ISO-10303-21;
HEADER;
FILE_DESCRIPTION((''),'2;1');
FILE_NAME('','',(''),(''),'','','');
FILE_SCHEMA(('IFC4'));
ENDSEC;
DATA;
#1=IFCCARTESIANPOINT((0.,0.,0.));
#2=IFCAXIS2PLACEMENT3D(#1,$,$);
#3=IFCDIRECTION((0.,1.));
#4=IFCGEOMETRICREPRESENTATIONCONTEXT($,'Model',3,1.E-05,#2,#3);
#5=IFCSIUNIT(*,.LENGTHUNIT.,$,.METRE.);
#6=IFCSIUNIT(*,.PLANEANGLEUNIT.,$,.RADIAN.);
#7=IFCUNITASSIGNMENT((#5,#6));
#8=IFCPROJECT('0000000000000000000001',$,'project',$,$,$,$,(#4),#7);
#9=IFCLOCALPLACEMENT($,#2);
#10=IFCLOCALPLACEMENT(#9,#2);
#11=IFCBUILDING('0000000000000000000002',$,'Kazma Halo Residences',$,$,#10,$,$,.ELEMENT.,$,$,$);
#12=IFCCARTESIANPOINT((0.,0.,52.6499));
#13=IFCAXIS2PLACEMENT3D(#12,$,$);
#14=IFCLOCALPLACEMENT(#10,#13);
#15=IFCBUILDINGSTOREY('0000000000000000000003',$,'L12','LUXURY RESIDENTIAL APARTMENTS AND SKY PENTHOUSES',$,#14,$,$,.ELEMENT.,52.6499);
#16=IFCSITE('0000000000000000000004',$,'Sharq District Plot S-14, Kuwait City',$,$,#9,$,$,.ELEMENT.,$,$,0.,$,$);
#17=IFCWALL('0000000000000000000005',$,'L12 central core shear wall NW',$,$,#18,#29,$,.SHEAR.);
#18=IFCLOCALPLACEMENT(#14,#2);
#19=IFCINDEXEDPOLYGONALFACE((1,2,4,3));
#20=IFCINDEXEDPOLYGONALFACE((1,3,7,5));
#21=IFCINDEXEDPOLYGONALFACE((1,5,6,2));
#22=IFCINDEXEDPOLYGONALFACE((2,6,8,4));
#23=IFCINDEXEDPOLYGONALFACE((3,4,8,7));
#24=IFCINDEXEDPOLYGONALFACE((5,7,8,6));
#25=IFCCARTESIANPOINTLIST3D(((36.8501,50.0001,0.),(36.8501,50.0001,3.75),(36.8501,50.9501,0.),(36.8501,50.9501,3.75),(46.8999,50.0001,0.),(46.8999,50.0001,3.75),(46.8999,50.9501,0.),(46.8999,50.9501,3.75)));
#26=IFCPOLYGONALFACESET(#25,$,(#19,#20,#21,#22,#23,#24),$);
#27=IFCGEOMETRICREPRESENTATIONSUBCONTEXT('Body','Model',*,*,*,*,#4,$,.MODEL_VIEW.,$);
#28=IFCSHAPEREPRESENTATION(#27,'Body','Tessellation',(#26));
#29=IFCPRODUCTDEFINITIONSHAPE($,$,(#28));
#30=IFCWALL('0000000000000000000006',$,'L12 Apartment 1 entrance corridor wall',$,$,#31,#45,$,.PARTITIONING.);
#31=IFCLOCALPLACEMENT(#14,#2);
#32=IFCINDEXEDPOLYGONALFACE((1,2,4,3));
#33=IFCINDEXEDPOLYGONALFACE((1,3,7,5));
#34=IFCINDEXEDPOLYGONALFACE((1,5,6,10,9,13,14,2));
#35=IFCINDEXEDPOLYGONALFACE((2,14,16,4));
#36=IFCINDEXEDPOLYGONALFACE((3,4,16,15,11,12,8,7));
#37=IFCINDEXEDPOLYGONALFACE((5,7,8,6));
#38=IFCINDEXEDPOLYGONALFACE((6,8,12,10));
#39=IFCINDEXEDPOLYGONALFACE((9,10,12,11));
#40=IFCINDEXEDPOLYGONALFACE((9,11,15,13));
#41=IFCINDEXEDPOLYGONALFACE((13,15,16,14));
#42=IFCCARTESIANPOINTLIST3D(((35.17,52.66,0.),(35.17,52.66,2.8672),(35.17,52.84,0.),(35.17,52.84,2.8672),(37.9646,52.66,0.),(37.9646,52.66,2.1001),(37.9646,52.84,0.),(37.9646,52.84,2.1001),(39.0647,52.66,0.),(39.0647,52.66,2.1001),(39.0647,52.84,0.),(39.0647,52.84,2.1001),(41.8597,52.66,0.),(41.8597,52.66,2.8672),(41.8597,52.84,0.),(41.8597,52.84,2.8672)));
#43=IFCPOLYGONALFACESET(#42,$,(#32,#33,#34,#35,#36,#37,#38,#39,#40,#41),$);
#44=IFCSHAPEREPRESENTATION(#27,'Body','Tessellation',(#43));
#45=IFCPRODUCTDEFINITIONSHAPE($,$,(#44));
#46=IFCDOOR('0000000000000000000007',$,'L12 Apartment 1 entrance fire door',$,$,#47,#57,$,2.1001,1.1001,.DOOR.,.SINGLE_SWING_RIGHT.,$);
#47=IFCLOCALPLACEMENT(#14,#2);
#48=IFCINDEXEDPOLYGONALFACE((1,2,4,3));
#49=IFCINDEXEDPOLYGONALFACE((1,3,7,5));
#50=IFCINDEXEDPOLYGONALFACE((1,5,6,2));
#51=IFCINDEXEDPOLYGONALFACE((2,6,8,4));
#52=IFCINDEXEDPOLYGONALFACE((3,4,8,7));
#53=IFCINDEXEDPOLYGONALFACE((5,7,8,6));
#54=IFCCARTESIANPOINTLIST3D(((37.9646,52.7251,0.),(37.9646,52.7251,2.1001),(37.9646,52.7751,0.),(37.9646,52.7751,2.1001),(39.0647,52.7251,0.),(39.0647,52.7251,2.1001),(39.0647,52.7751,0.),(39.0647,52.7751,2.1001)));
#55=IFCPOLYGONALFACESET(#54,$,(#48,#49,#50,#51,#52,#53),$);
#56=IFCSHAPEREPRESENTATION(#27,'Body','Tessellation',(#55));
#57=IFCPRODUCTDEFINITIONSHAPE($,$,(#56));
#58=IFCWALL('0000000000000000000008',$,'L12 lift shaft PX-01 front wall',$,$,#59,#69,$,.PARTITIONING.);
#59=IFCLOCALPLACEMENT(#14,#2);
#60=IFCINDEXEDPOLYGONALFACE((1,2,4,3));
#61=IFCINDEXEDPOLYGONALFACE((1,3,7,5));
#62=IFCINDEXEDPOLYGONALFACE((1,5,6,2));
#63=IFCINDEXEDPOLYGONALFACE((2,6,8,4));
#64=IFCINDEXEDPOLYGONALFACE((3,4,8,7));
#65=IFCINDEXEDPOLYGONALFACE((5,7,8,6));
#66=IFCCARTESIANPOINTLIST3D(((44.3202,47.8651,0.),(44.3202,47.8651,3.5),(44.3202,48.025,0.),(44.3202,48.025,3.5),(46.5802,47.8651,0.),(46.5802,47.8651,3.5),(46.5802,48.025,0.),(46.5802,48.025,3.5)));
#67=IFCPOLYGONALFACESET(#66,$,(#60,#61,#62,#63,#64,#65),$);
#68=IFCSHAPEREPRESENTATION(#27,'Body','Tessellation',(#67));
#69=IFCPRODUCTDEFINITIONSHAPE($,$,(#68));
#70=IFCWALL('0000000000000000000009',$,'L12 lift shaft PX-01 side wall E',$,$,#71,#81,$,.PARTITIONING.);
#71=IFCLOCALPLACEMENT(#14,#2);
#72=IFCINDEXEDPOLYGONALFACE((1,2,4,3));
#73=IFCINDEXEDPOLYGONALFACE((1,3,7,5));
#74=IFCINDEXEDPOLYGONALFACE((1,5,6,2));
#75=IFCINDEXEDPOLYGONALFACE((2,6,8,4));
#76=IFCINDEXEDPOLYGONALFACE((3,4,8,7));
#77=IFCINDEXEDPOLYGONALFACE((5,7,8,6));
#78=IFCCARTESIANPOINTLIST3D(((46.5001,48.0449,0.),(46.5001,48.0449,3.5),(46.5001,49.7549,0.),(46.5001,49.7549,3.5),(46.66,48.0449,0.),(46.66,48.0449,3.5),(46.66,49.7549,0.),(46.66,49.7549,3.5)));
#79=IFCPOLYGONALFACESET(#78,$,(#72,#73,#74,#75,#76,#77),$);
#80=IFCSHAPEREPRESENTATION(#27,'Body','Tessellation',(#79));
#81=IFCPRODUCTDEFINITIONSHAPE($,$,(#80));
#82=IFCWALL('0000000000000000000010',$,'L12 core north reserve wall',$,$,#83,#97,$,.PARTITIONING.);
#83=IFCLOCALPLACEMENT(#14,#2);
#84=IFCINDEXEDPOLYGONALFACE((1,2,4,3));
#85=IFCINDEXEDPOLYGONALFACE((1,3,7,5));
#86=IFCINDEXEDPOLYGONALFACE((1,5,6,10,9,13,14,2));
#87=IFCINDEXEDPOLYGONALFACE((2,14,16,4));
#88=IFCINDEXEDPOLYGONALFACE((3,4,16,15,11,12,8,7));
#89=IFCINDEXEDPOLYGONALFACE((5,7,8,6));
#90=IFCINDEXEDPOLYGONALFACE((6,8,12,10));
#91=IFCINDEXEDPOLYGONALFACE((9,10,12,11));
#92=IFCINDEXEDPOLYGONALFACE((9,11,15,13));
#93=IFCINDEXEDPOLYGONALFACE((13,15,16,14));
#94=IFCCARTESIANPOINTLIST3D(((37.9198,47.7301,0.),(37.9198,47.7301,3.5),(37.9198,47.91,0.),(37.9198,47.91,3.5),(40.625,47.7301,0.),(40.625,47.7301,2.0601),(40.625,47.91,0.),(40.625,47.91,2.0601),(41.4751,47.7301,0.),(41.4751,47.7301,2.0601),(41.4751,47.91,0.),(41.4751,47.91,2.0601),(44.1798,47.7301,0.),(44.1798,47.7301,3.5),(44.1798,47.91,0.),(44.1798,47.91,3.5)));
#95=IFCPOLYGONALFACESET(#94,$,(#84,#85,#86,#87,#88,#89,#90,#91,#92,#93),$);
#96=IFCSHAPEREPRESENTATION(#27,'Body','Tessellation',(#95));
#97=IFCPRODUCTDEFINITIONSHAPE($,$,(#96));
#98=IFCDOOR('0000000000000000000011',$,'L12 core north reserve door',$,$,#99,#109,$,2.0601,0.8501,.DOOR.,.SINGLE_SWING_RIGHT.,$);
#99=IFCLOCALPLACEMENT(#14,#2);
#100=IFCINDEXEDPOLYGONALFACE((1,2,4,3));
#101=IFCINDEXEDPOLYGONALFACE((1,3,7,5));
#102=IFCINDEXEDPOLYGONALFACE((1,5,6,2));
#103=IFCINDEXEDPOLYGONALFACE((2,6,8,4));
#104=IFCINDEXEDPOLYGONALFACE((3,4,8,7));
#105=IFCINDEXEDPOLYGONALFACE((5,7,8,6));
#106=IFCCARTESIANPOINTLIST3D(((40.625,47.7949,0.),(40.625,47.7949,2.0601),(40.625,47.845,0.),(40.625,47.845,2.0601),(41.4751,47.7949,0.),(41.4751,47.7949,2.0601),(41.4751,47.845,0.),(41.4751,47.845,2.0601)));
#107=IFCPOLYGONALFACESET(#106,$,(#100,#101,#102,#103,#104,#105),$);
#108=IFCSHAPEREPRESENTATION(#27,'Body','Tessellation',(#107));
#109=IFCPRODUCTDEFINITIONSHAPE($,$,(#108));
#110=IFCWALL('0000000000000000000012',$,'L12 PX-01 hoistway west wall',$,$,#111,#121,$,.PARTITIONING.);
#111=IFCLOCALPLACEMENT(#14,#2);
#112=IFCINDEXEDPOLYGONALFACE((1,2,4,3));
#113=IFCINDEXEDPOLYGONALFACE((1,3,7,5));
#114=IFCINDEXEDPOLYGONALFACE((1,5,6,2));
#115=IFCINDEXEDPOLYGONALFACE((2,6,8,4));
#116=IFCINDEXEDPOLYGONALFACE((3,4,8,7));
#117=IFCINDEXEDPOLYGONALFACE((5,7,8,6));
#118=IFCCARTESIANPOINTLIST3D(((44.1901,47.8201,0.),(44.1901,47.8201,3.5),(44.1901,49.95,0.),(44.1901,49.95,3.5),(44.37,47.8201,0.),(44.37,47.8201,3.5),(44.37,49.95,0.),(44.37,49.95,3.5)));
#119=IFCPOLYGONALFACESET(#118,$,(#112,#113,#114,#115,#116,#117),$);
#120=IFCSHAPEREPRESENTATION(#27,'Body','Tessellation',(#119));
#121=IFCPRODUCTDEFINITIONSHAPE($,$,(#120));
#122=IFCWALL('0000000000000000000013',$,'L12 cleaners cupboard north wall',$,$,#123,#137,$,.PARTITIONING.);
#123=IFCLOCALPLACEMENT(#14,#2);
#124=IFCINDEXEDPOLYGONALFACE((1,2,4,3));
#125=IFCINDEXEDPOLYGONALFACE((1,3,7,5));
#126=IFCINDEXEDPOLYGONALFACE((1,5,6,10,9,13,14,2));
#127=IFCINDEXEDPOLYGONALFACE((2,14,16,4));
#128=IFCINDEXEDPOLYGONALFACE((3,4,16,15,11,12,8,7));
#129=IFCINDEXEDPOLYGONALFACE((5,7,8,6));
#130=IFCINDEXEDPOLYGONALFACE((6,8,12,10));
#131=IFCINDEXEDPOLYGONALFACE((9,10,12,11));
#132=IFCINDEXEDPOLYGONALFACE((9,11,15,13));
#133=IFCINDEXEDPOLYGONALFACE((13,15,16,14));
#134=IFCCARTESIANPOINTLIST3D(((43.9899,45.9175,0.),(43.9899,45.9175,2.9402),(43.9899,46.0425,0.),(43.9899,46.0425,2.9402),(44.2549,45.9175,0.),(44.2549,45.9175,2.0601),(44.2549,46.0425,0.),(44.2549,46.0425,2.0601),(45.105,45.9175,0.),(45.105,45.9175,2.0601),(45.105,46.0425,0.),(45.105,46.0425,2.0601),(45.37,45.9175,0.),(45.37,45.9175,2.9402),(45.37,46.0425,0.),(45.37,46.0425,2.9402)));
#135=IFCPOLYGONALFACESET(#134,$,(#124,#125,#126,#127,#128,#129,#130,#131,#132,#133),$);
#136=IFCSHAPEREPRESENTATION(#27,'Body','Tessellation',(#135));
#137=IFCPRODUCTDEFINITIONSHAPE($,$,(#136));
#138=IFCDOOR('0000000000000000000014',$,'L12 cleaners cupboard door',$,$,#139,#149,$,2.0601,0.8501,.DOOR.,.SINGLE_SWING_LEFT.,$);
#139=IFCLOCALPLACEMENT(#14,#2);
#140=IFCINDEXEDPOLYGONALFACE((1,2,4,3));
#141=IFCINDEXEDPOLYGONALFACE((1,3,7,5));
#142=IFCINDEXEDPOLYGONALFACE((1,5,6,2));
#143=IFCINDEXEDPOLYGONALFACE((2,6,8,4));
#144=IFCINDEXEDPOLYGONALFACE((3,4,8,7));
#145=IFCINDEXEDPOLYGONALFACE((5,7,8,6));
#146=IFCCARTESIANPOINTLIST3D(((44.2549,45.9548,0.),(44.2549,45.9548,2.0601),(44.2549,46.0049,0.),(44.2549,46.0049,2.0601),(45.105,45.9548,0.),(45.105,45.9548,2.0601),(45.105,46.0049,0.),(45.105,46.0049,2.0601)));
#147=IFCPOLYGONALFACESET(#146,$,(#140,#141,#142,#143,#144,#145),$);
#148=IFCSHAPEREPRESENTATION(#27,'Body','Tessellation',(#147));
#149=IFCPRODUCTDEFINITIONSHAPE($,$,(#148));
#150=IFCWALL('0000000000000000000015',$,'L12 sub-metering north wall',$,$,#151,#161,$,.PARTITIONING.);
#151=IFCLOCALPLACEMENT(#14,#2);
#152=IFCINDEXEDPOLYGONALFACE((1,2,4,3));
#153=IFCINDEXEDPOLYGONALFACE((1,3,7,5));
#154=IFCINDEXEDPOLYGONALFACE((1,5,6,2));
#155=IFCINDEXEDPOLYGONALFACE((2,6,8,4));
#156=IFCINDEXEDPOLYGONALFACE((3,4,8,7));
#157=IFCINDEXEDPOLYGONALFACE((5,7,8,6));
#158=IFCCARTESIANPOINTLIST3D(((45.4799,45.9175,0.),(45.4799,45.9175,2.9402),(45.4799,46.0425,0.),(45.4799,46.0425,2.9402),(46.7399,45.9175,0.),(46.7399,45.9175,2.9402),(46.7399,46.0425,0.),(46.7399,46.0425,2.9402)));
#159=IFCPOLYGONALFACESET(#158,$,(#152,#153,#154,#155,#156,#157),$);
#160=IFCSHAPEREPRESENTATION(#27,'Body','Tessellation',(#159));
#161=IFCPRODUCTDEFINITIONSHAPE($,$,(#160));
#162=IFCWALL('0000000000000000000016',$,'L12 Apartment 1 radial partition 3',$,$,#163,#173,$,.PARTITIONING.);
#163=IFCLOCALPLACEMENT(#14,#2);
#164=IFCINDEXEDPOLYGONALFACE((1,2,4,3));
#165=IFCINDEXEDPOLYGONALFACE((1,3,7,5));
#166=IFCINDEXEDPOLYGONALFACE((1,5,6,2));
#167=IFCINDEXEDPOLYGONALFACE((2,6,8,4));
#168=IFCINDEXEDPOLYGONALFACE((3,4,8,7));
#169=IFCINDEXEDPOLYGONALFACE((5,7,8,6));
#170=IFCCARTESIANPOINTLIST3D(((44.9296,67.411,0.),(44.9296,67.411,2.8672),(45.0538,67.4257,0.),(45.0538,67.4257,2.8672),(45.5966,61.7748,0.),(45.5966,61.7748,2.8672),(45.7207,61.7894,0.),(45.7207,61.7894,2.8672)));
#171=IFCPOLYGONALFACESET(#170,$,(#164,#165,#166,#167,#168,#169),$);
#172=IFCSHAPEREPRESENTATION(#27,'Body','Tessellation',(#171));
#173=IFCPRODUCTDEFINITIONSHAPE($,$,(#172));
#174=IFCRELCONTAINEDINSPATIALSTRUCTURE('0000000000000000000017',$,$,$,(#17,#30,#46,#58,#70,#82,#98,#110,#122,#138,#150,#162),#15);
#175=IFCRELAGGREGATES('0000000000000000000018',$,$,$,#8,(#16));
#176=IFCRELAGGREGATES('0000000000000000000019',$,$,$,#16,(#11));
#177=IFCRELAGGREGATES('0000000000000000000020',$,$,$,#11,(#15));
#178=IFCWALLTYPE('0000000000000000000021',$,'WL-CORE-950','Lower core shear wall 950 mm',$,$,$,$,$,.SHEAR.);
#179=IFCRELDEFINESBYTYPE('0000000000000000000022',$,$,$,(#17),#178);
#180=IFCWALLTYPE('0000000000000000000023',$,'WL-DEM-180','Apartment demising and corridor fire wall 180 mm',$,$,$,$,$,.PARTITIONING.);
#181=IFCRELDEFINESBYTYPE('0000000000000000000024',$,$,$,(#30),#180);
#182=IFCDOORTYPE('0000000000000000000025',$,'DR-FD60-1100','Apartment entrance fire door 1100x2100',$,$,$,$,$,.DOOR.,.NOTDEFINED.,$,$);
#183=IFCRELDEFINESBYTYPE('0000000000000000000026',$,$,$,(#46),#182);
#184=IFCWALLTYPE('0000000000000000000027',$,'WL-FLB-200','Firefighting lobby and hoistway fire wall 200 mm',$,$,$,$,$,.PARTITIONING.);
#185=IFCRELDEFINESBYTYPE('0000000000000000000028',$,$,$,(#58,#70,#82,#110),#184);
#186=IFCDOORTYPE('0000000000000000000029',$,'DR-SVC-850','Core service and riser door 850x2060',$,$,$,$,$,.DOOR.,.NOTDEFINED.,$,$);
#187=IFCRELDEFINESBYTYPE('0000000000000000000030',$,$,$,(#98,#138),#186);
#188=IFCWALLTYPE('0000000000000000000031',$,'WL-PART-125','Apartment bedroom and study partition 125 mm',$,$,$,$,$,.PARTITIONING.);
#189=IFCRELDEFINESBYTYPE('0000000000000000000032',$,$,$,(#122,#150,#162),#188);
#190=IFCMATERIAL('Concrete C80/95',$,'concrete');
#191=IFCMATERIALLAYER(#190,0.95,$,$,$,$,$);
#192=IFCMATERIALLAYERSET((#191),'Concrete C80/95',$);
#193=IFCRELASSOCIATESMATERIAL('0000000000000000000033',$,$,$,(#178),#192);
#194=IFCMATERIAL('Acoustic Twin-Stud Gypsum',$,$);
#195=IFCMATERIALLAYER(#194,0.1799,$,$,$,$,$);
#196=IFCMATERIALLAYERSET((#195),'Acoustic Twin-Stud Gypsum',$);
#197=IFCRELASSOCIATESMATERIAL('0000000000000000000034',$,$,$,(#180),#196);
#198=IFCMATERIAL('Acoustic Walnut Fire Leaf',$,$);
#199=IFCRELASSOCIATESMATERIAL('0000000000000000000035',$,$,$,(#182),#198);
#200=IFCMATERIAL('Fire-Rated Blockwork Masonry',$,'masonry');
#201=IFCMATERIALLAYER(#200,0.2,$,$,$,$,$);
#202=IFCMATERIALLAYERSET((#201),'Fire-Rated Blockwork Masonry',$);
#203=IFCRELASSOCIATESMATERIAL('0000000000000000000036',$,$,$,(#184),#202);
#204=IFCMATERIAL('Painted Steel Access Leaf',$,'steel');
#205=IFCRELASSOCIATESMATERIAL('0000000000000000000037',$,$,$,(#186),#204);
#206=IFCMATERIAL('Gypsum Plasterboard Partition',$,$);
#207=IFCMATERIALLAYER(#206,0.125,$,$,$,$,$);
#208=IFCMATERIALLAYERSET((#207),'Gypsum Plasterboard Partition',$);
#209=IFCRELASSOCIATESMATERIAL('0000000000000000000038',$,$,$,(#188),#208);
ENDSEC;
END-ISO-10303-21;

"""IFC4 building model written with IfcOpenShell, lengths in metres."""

from ifc_helpers import new_model, si_unit, direction, frame, frame_2d, origin, place, context, subcontext, project, spatial, rectangle, extrude, material, layer, layer_set, type_object, element, fill, save


model = new_model("IFC4")

# Units and contexts
model_context = context("Model", 3, precision=1e-05, world=origin(), true_north=direction((0.0, 1.0)))
body_context = subcontext(model_context, "Body", "Model", "MODEL_VIEW")
ifc_project = project(units=[si_unit("LENGTHUNIT", "METRE"), si_unit("PLANEANGLEUNIT", "RADIAN")], contexts=[model_context])

# Site, building, storey
site_placement = place(None, origin())
site = spatial("IfcSite", under=ifc_project, at=site_placement, Name="Sharq District Plot S-14, Kuwait City", CompositionType="ELEMENT", RefElevation=0.0)
building_placement = place(site_placement, origin())
building = spatial("IfcBuilding", under=site, at=building_placement, Name="Kazma Halo Residences", CompositionType="ELEMENT")
storey_placement = place(building_placement, frame((0.0, 0.0, 52.6499)))
storey = spatial("IfcBuildingStorey", under=building, at=storey_placement, Name="L12", Description="LUXURY RESIDENTIAL APARTMENTS AND SKY PENTHOUSES", CompositionType="ELEMENT", Elevation=52.6499)

# Shared definitions
ifc_material_1 = material(Name="Concrete C80/95", Category="concrete")

# Wall
ifc_layer_1 = layer(ifc_material_1, 0.95)
ifc_layer_set_1 = layer_set([ifc_layer_1], Name="Concrete C80/95")
wall_type_1 = type_object("IfcWallType", Name="WL-CORE-950", Description="Lower core shear wall 950 mm", PredefinedType="SHEAR", material=ifc_layer_set_1)
wall_1_placement = place(storey_placement, frame((36.8501, 50.4751, 0.0), z_axis=(0.0, 0.0, 1.0), x_axis=(1.0, 0.0, 0.0)))
element("IfcWall", 1, at=wall_1_placement, inside=storey, type_object=wall_type_1, Name="L12 central core shear wall NW", PredefinedType="SHEAR", context=body_context, shape_type="SweptSolid", body=[
    extrude(rectangle(XDim=10.0498, YDim=0.95, at=frame_2d((5.0249, 0.0))), origin(), (0.0, 0.0, 1.0), 3.75),
])

# Wall, opening, door
ifc_material_2 = material(Name="Acoustic Twin-Stud Gypsum")
ifc_layer_2 = layer(ifc_material_2, 0.1799)
ifc_layer_set_2 = layer_set([ifc_layer_2], Name="Acoustic Twin-Stud Gypsum")
wall_type_2 = type_object("IfcWallType", Name="WL-DEM-180", Description="Apartment demising and corridor fire wall 180 mm", PredefinedType="PARTITIONING", material=ifc_layer_set_2)
wall_2_placement = place(storey_placement, frame((41.8596, 52.75, 0.0), z_axis=(0.0, 0.0, 1.0), x_axis=(-1.0, 0.0, 0.0)))
wall_2 = element("IfcWall", 2, at=wall_2_placement, inside=storey, type_object=wall_type_2, Name="L12 Apartment 1 entrance corridor wall", PredefinedType="PARTITIONING", context=body_context, shape_type="SweptSolid", body=[
    extrude(rectangle(XDim=6.6897, YDim=0.1799, at=frame_2d((3.3447, 0.0))), origin(), (0.0, 0.0, 1.0), 2.8672),
])
opening_1_placement = place(wall_2_placement, frame((2.7949, 0.0, 0.0)))
opening_1 = element("IfcOpeningElement", 3, at=opening_1_placement, cuts=wall_2, PredefinedType="OPENING", context=body_context, shape_type="SweptSolid", body=[
    extrude(rectangle(XDim=1.1001, YDim=2.1001, at=frame_2d((0.55, 1.05))), frame((0.0, 0.0999, 0.0), z_axis=(0.0, -1.0, 0.0), x_axis=(1.0, 0.0, 0.0)), (0.0, 0.0, 1.0), 0.2),
])
ifc_material_3 = material(Name="Acoustic Walnut Fire Leaf")
door_type_1 = type_object("IfcDoorType", Name="DR-FD60-1100", Description="Apartment entrance fire door 1100x2100", OperationType="NOTDEFINED", PredefinedType="DOOR", material=ifc_material_3)
door_1_placement = place(opening_1_placement, origin())
door_1 = element("IfcDoor", 4, at=door_1_placement, inside=storey, type_object=door_type_1, Name="L12 Apartment 1 entrance fire door", OperationType="SINGLE_SWING_RIGHT", OverallHeight=2.1001, OverallWidth=1.1001, PredefinedType="DOOR", context=body_context, shape_type="SweptSolid", body=[
    extrude(rectangle(XDim=1.1001, YDim=2.1001, at=frame_2d((0.55, 1.05))), frame((0.0, 0.0249, 0.0), z_axis=(0.0, -1.0, 0.0), x_axis=(1.0, 0.0, 0.0)), (0.0, 0.0, 1.0), 0.05),
])
fill(opening_1, door_1)

# Walls
ifc_material_4 = material(Name="Fire-Rated Blockwork Masonry", Category="masonry")
ifc_layer_3 = layer(ifc_material_4, 0.2)
ifc_layer_set_3 = layer_set([ifc_layer_3], Name="Fire-Rated Blockwork Masonry")
wall_type_3 = type_object("IfcWallType", Name="WL-FLB-200", Description="Firefighting lobby and hoistway fire wall 200 mm", PredefinedType="PARTITIONING", material=ifc_layer_set_3)
wall_3_placement = place(storey_placement, frame((46.5801, 47.9451, 0.0), z_axis=(0.0, 0.0, 1.0), x_axis=(-1.0, 0.0, 0.0)))
element("IfcWall", 5, at=wall_3_placement, inside=storey, type_object=wall_type_3, Name="L12 lift shaft PX-01 front wall", PredefinedType="PARTITIONING", context=body_context, shape_type="SweptSolid", body=[
    extrude(rectangle(XDim=2.26, YDim=0.1599, at=frame_2d((1.1299, 0.0))), origin(), (0.0, 0.0, 1.0), 3.5),
])
wall_4_placement = place(storey_placement, frame((46.5801, 48.0449, 0.0), z_axis=(0.0, 0.0, 1.0), x_axis=(0.0, 1.0, 0.0)))
element("IfcWall", 6, at=wall_4_placement, inside=storey, type_object=wall_type_3, Name="L12 lift shaft PX-01 side wall E", PredefinedType="PARTITIONING", context=body_context, shape_type="SweptSolid", body=[
    extrude(rectangle(XDim=1.71, YDim=0.1599, at=frame_2d((0.855, 0.0))), origin(), (0.0, 0.0, 1.0), 3.5),
])

# Wall, opening, door
wall_5_placement = place(storey_placement, frame((37.9199, 47.8201, 0.0), z_axis=(0.0, 0.0, 1.0), x_axis=(1.0, 0.0, 0.0)))
wall_5 = element("IfcWall", 7, at=wall_5_placement, inside=storey, type_object=wall_type_3, Name="L12 core north reserve wall", PredefinedType="PARTITIONING", context=body_context, shape_type="SweptSolid", body=[
    extrude(rectangle(XDim=6.26, YDim=0.1799, at=frame_2d((3.1299, 0.0))), origin(), (0.0, 0.0, 1.0), 3.5),
])
opening_2_placement = place(wall_5_placement, frame((2.7051, 0.0, 0.0)))
opening_2 = element("IfcOpeningElement", 8, at=opening_2_placement, cuts=wall_5, PredefinedType="OPENING", context=body_context, shape_type="SweptSolid", body=[
    extrude(rectangle(XDim=0.8501, YDim=2.0601, at=frame_2d((0.425, 1.03))), frame((0.0, 0.0999, 0.0), z_axis=(0.0, -1.0, 0.0), x_axis=(1.0, 0.0, 0.0)), (0.0, 0.0, 1.0), 0.2),
])
ifc_material_5 = material(Name="Painted Steel Access Leaf", Category="steel")
door_type_2 = type_object("IfcDoorType", Name="DR-SVC-850", Description="Core service and riser door 850x2060", OperationType="NOTDEFINED", PredefinedType="DOOR", material=ifc_material_5)
door_2_placement = place(opening_2_placement, origin())
door_2 = element("IfcDoor", 9, at=door_2_placement, inside=storey, type_object=door_type_2, Name="L12 core north reserve door", OperationType="SINGLE_SWING_RIGHT", OverallHeight=2.0601, OverallWidth=0.8501, PredefinedType="DOOR", context=body_context, shape_type="SweptSolid", body=[
    extrude(rectangle(XDim=0.8501, YDim=2.0601, at=frame_2d((0.425, 1.03))), frame((0.0, 0.0249, 0.0), z_axis=(0.0, -1.0, 0.0), x_axis=(1.0, 0.0, 0.0)), (0.0, 0.0, 1.0), 0.05),
])
fill(opening_2, door_2)

# Wall
wall_6_placement = place(storey_placement, frame((44.28, 47.8201, 0.0), z_axis=(0.0, 0.0, 1.0), x_axis=(0.0, 1.0, 0.0)))
element("IfcWall", 10, at=wall_6_placement, inside=storey, type_object=wall_type_3, Name="L12 PX-01 hoistway west wall", PredefinedType="PARTITIONING", context=body_context, shape_type="SweptSolid", body=[
    extrude(rectangle(XDim=2.1299, YDim=0.1799, at=frame_2d((1.0649, 0.0))), origin(), (0.0, 0.0, 1.0), 3.5),
])

# Wall, opening, door
ifc_material_6 = material(Name="Gypsum Plasterboard Partition")
ifc_layer_4 = layer(ifc_material_6, 0.125)
ifc_layer_set_4 = layer_set([ifc_layer_4], Name="Gypsum Plasterboard Partition")
wall_type_4 = type_object("IfcWallType", Name="WL-PART-125", Description="Apartment bedroom and study partition 125 mm", PredefinedType="PARTITIONING", material=ifc_layer_set_4)
wall_7_placement = place(storey_placement, frame((43.99, 45.98, 0.0), z_axis=(0.0, 0.0, 1.0), x_axis=(1.0, 0.0, 0.0)))
wall_7 = element("IfcWall", 11, at=wall_7_placement, inside=storey, type_object=wall_type_4, Name="L12 cleaners cupboard north wall", PredefinedType="PARTITIONING", context=body_context, shape_type="SweptSolid", body=[
    extrude(rectangle(XDim=1.3801, YDim=0.125, at=frame_2d((0.6899, 0.0))), origin(), (0.0, 0.0, 1.0), 2.9402),
])
opening_3_placement = place(wall_7_placement, frame((0.2649, 0.0, 0.0)))
opening_3 = element("IfcOpeningElement", 12, at=opening_3_placement, cuts=wall_7, PredefinedType="OPENING", context=body_context, shape_type="SweptSolid", body=[
    extrude(rectangle(XDim=0.8501, YDim=2.0601, at=frame_2d((0.425, 1.03))), frame((0.0, 0.0725, 0.0), z_axis=(0.0, -1.0, 0.0), x_axis=(1.0, 0.0, 0.0)), (0.0, 0.0, 1.0), 0.145),
])
door_3_placement = place(opening_3_placement, origin())
door_3 = element("IfcDoor", 13, at=door_3_placement, inside=storey, type_object=door_type_2, Name="L12 cleaners cupboard door", OperationType="SINGLE_SWING_LEFT", OverallHeight=2.0601, OverallWidth=0.8501, PredefinedType="DOOR", context=body_context, shape_type="SweptSolid", body=[
    extrude(rectangle(XDim=0.8501, YDim=2.0601, at=frame_2d((0.425, 1.03))), frame((0.0, 0.0249, 0.0), z_axis=(0.0, -1.0, 0.0), x_axis=(1.0, 0.0, 0.0)), (0.0, 0.0, 1.0), 0.05),
])
fill(opening_3, door_3)

# Walls
wall_8_placement = place(storey_placement, frame((45.48, 45.98, 0.0), z_axis=(0.0, 0.0, 1.0), x_axis=(1.0, 0.0, 0.0)))
element("IfcWall", 14, at=wall_8_placement, inside=storey, type_object=wall_type_4, Name="L12 sub-metering north wall", PredefinedType="PARTITIONING", context=body_context, shape_type="SweptSolid", body=[
    extrude(rectangle(XDim=1.26, YDim=0.125, at=frame_2d((0.6299, 0.0))), origin(), (0.0, 0.0, 1.0), 2.9402),
])
wall_9_placement = place(storey_placement, frame((45.6587, 61.782, 0.0), z_axis=(0.0, 0.0, 1.0), x_axis=(-0.11752, 0.993071, 0.0)))
element("IfcWall", 15, at=wall_9_placement, inside=storey, type_object=wall_type_4, Name="L12 Apartment 1 radial partition 3", PredefinedType="PARTITIONING", context=body_context, shape_type="SweptSolid", body=[
    extrude(rectangle(XDim=5.6755, YDim=0.125, at=frame_2d((2.8379, 0.0))), origin(), (0.0, 0.0, 1.0), 2.8672),
])

save(model, "model.ifc")
